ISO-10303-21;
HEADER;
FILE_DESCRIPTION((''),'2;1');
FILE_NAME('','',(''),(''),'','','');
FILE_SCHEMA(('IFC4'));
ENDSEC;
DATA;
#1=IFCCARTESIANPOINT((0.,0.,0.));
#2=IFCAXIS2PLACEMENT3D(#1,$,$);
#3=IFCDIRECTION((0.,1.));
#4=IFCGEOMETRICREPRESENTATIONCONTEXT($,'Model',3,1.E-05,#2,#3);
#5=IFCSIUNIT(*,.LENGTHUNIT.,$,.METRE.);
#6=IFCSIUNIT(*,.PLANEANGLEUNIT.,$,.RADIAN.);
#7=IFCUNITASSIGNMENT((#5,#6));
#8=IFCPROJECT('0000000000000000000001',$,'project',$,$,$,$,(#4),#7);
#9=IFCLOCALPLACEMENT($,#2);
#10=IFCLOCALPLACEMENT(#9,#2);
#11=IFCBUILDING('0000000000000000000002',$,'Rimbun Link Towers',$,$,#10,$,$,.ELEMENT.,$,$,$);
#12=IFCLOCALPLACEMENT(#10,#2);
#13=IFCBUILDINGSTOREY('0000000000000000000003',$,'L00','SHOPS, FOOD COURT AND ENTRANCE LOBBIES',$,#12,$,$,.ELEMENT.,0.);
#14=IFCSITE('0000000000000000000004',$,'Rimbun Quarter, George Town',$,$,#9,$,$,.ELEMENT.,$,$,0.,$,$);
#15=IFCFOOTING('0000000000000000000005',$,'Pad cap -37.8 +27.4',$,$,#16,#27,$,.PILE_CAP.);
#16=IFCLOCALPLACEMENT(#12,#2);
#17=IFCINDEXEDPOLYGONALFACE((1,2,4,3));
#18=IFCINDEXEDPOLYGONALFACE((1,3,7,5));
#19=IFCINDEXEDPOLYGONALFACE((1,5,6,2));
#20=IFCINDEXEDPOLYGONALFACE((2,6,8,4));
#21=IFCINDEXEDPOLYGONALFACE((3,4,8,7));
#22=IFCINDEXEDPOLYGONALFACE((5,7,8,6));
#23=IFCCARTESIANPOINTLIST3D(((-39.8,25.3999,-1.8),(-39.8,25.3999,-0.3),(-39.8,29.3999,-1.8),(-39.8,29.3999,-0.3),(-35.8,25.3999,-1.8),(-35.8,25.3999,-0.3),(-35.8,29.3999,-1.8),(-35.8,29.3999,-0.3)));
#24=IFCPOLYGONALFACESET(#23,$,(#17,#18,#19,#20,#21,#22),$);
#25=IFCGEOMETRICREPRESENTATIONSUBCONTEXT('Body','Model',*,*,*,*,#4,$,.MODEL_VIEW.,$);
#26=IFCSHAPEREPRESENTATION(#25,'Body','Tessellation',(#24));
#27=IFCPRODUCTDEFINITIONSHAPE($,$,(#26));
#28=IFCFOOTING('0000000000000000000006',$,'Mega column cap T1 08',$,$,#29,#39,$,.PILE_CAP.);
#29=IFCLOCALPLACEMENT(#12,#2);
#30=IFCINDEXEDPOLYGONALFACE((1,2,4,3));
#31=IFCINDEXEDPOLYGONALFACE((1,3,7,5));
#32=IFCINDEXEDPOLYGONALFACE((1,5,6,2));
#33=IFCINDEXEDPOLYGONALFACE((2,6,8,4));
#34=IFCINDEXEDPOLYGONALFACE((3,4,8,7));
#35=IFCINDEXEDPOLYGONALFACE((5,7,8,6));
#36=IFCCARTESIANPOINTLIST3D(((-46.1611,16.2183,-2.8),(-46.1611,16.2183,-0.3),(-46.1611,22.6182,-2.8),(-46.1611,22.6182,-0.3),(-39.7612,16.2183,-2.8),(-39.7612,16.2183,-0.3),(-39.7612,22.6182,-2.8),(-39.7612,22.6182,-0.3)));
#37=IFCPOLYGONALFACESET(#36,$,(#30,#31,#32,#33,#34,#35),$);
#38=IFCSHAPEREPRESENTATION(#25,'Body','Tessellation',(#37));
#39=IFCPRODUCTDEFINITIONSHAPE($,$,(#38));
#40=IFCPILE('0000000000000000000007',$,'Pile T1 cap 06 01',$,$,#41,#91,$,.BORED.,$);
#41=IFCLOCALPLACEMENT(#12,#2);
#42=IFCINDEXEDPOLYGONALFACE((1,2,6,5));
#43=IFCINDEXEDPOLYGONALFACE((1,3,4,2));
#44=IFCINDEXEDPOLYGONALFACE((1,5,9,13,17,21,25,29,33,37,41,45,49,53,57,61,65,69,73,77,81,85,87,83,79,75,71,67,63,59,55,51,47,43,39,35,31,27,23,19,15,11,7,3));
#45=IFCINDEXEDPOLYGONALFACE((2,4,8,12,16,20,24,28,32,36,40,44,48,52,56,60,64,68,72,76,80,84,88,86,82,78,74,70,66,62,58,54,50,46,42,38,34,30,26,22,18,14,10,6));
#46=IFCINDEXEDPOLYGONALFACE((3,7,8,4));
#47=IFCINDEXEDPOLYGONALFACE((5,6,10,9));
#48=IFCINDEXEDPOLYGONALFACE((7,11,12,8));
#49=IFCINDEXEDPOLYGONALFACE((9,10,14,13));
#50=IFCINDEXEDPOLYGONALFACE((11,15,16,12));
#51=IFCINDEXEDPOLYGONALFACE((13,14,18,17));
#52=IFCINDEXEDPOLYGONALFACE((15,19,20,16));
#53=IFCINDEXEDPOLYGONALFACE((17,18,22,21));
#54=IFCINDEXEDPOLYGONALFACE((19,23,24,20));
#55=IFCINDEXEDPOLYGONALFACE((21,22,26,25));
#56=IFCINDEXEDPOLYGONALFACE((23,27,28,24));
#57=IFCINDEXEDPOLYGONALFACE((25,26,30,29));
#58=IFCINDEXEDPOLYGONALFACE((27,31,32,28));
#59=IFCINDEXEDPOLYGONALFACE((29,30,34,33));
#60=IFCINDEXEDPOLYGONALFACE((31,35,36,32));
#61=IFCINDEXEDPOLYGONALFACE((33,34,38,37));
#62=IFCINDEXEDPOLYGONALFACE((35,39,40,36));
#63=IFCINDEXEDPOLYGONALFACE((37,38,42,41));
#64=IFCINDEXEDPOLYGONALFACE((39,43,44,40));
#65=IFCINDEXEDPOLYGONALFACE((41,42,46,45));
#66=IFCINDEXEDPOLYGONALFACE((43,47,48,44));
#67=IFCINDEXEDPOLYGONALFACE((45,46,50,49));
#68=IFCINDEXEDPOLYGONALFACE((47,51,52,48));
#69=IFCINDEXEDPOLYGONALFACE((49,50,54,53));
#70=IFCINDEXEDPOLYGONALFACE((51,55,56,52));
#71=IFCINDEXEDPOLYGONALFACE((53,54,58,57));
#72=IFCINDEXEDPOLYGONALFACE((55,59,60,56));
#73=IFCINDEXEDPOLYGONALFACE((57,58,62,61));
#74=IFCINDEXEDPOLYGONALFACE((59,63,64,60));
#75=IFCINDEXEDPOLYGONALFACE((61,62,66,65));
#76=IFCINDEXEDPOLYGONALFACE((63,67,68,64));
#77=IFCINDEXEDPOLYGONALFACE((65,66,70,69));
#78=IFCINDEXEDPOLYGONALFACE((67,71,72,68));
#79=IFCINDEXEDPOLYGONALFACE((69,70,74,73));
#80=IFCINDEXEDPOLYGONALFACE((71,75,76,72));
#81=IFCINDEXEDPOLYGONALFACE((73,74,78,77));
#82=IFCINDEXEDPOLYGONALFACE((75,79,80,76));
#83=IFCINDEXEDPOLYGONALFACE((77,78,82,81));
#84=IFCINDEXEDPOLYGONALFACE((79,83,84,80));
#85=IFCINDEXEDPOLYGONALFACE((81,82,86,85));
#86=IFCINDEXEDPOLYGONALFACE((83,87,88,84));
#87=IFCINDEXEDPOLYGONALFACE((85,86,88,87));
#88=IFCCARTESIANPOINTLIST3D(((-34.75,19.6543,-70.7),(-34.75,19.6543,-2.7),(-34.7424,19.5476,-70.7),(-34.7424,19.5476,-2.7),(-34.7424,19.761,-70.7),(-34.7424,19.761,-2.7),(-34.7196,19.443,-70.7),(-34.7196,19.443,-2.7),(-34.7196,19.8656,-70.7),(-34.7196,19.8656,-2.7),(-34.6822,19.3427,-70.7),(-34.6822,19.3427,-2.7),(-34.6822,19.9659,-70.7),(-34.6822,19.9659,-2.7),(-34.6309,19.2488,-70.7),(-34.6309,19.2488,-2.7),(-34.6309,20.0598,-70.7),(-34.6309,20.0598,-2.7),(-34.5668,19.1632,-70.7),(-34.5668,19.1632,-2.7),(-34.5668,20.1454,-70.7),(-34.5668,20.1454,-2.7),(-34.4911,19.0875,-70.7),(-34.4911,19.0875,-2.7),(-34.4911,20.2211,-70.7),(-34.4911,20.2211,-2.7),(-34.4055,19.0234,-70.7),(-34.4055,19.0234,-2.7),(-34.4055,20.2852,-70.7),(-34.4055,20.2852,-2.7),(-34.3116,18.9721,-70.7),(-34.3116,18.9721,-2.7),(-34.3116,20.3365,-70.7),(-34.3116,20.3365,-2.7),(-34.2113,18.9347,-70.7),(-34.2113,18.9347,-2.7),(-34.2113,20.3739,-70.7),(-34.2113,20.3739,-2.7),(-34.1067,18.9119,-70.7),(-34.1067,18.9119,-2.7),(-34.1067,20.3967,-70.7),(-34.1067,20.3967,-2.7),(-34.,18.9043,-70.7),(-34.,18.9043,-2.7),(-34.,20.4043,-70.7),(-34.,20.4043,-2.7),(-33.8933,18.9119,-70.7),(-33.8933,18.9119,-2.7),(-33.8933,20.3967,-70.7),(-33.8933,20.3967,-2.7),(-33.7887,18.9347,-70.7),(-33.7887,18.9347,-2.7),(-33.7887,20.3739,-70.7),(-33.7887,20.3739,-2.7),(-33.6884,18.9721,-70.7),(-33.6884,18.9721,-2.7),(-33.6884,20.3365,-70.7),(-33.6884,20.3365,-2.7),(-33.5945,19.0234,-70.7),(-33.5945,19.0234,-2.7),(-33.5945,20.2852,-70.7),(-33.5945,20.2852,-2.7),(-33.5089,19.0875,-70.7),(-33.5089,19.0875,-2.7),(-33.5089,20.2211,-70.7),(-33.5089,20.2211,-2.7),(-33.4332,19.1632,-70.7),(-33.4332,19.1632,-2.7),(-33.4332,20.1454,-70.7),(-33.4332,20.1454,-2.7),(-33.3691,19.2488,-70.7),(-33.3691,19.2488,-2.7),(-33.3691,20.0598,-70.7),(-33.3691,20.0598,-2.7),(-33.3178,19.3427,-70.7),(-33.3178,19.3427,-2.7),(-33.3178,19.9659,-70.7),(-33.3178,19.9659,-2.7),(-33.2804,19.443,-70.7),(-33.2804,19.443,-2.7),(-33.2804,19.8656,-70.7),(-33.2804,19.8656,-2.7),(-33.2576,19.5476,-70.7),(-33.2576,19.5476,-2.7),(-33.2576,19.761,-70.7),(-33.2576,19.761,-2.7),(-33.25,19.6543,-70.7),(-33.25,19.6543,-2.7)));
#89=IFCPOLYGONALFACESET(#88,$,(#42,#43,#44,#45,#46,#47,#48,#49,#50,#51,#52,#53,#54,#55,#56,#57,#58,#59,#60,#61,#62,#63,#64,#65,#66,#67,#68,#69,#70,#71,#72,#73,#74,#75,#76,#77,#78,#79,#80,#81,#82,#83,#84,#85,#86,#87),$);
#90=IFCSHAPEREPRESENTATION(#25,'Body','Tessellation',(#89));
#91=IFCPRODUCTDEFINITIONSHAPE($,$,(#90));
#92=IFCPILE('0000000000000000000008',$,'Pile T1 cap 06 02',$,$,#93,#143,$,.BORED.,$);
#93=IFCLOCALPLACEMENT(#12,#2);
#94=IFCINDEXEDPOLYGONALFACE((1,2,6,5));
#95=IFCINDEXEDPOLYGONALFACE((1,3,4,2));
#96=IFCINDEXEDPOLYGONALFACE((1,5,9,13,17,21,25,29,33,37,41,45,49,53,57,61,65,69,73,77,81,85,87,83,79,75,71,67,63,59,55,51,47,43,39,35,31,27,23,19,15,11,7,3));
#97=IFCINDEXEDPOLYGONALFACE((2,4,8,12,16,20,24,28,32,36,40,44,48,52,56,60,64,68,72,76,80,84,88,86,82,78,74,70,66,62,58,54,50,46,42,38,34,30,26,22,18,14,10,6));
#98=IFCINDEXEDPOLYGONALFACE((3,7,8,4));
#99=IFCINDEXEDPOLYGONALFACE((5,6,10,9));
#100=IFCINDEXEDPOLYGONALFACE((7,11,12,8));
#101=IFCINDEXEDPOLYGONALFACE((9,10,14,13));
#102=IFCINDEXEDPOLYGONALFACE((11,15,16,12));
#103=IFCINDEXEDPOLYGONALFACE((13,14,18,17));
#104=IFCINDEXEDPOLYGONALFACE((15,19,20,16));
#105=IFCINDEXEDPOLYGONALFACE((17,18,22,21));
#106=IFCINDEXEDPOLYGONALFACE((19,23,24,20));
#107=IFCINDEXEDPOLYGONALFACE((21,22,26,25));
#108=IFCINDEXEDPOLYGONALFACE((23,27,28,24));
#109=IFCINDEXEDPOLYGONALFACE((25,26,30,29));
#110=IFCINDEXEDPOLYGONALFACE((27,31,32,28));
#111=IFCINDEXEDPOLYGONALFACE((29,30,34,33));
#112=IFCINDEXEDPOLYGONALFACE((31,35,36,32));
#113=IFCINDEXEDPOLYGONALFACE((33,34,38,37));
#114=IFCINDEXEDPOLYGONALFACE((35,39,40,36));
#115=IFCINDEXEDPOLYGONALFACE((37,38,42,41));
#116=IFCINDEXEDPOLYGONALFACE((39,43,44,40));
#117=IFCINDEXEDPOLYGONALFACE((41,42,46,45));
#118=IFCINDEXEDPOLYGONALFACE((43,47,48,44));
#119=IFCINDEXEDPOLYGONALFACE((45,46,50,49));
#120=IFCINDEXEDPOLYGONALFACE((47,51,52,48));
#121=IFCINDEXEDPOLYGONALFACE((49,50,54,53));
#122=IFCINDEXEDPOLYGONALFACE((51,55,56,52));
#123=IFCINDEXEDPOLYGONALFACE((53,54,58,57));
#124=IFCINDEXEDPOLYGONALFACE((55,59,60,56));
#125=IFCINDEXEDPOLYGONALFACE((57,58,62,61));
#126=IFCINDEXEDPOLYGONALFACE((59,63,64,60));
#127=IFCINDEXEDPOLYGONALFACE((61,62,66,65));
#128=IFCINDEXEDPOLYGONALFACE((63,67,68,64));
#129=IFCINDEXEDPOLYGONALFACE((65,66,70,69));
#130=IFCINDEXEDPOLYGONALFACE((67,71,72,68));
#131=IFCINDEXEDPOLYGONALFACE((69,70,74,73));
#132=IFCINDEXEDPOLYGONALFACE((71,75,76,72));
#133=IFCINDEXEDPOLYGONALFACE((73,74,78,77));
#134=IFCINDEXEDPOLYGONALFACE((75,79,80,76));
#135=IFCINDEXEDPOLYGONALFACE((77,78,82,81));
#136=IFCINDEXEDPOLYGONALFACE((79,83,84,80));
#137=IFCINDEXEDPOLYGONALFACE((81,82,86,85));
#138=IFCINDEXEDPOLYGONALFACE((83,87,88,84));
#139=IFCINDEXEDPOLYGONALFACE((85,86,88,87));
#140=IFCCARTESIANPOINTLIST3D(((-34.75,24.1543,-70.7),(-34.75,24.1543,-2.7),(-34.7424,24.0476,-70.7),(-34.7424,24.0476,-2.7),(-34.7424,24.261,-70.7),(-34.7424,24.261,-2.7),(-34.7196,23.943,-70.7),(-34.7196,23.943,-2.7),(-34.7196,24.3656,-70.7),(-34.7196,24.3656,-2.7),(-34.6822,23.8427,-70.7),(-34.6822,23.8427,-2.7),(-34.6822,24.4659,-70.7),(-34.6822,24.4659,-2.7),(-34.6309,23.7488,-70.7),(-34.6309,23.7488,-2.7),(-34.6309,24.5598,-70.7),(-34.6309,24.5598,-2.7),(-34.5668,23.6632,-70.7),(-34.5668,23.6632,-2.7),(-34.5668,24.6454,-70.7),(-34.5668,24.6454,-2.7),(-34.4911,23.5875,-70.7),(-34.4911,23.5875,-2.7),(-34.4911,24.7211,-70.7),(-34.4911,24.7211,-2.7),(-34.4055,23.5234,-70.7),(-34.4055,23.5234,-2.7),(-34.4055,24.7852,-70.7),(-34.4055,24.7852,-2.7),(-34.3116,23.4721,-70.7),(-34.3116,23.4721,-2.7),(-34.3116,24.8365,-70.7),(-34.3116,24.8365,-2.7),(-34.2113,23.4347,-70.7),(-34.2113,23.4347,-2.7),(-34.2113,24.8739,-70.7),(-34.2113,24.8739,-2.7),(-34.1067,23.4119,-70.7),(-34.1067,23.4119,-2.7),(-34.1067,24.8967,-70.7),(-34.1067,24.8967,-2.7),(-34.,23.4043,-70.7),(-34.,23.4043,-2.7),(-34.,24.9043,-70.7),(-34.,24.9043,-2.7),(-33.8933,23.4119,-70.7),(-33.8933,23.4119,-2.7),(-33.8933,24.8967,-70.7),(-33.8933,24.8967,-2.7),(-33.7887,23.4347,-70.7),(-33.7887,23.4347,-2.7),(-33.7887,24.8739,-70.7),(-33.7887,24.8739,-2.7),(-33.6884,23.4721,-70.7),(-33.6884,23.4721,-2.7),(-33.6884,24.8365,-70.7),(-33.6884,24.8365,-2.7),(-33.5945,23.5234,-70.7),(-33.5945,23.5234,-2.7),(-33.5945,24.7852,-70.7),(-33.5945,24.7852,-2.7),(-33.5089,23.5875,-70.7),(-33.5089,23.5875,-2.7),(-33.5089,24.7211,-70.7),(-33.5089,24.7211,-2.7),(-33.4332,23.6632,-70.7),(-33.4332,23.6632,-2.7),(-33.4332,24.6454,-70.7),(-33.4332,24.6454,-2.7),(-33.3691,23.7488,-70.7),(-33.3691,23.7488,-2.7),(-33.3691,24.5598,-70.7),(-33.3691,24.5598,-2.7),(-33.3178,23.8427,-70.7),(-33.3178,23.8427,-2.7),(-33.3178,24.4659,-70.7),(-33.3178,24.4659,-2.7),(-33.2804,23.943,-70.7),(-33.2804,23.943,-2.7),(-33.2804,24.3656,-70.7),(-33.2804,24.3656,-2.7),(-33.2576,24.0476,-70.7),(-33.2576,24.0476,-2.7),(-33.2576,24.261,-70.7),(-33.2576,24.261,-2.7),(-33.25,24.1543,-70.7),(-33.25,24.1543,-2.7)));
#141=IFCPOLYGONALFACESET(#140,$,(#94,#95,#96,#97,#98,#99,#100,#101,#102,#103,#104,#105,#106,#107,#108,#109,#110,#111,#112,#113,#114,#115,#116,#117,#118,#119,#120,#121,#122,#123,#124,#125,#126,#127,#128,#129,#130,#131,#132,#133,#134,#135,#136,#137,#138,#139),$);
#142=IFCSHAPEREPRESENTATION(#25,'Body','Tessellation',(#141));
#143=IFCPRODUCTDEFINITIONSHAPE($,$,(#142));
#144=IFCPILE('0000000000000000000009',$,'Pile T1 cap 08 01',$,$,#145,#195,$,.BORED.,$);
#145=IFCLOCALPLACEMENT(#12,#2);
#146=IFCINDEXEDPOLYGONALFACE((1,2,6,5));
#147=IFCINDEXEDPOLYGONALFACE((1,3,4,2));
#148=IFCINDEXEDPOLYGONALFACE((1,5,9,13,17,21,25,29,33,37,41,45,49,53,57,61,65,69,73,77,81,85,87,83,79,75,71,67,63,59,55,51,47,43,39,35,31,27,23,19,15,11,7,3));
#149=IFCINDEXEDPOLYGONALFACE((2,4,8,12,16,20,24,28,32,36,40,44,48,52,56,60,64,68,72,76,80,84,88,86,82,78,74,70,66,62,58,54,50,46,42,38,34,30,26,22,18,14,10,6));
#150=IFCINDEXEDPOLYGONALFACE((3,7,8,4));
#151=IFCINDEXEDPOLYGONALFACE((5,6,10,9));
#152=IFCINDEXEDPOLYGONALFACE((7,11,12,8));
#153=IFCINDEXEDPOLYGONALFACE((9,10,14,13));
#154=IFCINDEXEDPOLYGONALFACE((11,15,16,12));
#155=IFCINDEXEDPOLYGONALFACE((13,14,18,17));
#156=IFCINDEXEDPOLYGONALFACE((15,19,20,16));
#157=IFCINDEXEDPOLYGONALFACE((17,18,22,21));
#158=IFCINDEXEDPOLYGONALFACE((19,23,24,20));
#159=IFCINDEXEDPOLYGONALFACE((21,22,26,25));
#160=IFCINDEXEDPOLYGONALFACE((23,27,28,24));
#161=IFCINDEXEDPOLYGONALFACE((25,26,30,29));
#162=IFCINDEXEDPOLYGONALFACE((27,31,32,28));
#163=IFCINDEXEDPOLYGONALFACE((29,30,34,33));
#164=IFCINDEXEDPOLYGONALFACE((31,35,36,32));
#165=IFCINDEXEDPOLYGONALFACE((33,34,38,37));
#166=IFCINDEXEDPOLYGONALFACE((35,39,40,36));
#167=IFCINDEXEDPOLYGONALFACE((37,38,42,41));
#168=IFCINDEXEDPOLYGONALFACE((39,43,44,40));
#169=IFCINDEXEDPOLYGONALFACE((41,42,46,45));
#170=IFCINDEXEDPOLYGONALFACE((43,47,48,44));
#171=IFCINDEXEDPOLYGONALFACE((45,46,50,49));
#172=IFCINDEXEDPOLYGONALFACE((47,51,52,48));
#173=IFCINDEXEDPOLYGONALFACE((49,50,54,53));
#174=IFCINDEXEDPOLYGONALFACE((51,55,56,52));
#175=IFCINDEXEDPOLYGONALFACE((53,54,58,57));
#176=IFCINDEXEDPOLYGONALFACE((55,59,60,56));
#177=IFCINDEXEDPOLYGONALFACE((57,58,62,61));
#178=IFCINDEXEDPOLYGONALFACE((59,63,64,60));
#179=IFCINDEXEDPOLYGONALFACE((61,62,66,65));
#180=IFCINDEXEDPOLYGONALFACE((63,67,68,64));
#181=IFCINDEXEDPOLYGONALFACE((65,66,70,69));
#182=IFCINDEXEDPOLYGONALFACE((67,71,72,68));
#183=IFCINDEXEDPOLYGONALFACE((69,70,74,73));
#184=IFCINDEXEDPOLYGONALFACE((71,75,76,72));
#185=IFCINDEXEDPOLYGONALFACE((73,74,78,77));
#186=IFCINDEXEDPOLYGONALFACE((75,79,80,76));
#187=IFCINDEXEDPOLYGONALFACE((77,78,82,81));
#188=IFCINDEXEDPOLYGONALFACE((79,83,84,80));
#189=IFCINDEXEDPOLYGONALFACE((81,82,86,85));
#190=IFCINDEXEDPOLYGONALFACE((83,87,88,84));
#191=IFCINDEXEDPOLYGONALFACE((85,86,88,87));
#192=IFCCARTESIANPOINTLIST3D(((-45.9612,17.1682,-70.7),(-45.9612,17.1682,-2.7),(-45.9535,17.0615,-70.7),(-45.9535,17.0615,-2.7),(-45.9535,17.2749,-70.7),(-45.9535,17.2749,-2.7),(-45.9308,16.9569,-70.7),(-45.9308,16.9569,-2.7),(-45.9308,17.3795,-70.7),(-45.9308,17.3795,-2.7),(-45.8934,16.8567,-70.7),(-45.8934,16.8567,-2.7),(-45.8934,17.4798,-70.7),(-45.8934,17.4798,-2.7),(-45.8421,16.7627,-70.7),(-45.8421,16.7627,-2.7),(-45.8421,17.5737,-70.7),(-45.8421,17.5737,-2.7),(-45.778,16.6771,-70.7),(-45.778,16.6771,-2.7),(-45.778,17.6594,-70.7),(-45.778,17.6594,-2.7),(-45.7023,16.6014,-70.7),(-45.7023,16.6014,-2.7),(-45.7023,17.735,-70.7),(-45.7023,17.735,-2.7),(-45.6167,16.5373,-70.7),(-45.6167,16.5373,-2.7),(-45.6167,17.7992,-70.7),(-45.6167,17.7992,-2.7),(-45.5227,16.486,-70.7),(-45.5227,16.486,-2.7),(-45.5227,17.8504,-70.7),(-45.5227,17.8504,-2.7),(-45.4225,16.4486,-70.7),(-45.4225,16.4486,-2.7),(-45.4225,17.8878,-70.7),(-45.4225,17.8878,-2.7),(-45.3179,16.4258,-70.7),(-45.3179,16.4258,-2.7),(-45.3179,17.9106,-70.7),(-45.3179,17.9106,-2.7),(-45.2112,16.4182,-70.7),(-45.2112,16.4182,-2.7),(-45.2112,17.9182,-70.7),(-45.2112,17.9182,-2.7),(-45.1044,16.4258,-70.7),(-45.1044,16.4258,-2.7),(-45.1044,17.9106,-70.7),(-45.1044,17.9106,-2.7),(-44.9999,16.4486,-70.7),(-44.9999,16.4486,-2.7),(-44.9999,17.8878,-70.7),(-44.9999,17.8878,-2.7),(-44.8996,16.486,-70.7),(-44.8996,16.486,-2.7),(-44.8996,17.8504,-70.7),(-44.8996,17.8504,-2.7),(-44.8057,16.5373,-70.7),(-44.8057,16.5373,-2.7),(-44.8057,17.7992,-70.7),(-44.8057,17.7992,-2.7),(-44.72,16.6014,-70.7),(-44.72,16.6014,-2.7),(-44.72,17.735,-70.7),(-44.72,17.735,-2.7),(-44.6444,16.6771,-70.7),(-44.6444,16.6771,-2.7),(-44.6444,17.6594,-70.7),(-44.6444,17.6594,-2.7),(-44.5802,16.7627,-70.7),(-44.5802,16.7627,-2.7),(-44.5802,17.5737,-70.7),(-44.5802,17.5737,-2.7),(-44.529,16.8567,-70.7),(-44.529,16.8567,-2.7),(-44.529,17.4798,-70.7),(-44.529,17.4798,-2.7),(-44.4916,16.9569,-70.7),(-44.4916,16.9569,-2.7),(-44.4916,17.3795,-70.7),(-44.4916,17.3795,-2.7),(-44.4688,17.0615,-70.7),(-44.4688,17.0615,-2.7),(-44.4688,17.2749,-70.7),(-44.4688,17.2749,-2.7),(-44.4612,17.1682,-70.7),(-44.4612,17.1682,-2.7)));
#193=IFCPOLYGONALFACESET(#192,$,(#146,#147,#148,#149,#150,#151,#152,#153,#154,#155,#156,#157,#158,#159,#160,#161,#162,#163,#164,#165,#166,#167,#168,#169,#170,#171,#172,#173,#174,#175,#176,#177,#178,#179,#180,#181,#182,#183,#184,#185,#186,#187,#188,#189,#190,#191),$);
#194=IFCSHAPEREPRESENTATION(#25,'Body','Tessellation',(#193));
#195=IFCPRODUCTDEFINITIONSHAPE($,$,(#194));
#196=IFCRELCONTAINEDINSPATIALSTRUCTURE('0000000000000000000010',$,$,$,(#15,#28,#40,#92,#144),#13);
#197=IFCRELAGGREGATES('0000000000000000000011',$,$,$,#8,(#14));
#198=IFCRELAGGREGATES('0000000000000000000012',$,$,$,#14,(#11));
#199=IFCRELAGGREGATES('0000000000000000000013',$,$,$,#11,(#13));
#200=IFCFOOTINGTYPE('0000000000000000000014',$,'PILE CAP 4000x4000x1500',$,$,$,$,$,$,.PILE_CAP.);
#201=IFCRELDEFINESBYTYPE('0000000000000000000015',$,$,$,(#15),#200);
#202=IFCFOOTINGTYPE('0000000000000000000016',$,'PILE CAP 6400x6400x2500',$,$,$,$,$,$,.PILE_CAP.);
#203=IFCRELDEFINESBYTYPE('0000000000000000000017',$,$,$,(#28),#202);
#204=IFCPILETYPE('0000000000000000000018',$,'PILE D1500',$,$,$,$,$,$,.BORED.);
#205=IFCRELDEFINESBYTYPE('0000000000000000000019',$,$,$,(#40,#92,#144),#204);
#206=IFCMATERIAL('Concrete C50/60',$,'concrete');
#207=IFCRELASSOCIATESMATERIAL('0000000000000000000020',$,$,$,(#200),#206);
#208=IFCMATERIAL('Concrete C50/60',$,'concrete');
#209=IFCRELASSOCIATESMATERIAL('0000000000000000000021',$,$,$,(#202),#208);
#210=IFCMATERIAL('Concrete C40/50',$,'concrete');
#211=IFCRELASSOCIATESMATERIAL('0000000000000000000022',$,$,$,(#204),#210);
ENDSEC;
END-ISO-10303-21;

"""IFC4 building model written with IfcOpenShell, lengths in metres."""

from ifc_helpers import new_model, si_unit, direction, frame, origin, origin_2d, place, context, subcontext, project, spatial, rectangle, circle, extrude, material, material_profile, profile_set, type_object, element, save


model = new_model("IFC4")

# Units and contexts
model_context = context("Model", 3, precision=1e-05, world=origin(), true_north=direction((0.0, 1.0)))
body_context = subcontext(model_context, "Body", "Model", "MODEL_VIEW")
ifc_project = project(units=[si_unit("LENGTHUNIT", "METRE"), si_unit("PLANEANGLEUNIT", "RADIAN")], contexts=[model_context])

# Site, building, storey
site_placement = place(None, origin())
site = spatial("IfcSite", under=ifc_project, at=site_placement, Name="Rimbun Quarter, George Town", CompositionType="ELEMENT", RefElevation=0.0)
building_placement = place(site_placement, origin())
building = spatial("IfcBuilding", under=site, at=building_placement, Name="Rimbun Link Towers", CompositionType="ELEMENT")
storey_placement = place(building_placement, origin())
storey = spatial("IfcBuildingStorey", under=building, at=storey_placement, Name="L00", Description="SHOPS, FOOD COURT AND ENTRANCE LOBBIES", CompositionType="ELEMENT", Elevation=0.0)

# Footings
ifc_material_1 = material(Name="Concrete C50/60", Category="concrete")
footing_type_1 = type_object("IfcFootingType", Name="PILE CAP 4000x4000x1500", PredefinedType="PILE_CAP", material=ifc_material_1)
footing_1_placement = place(storey_placement, frame((-37.8, 27.3999, -1.8), z_axis=(0.0, 0.0, 1.0), x_axis=(1.0, 0.0, 0.0)))
element("IfcFooting", 1, at=footing_1_placement, inside=storey, type_object=footing_type_1, Name="Pad cap -37.8 +27.4", PredefinedType="PILE_CAP", context=body_context, shape_type="SweptSolid", body=[
    extrude(rectangle(XDim=4.0, YDim=4.0, at=origin_2d()), origin(), (0.0, 0.0, 1.0), 1.5),
])
ifc_material_2 = material(Name="Concrete C50/60", Category="concrete")
footing_type_2 = type_object("IfcFootingType", Name="PILE CAP 6400x6400x2500", PredefinedType="PILE_CAP", material=ifc_material_2)
footing_2_placement = place(storey_placement, frame((-42.9612, 19.4182, -2.8), z_axis=(0.0, 0.0, 1.0), x_axis=(1.0, 0.0, 0.0)))
element("IfcFooting", 2, at=footing_2_placement, inside=storey, type_object=footing_type_2, Name="Mega column cap T1 08", PredefinedType="PILE_CAP", context=body_context, shape_type="SweptSolid", body=[
    extrude(rectangle(XDim=6.3999, YDim=6.3999, at=origin_2d()), origin(), (0.0, 0.0, 1.0), 2.5),
])

# Piles
ifc_material_3 = material(Name="Concrete C40/50", Category="concrete")
ifc_material_profile_1 = material_profile(ifc_material_3, circle(Radius=0.75, at=origin_2d()), Name="PILE D1500")
ifc_profile_set_1 = profile_set([ifc_material_profile_1], Name="Concrete C40/50")
pile_type_1 = type_object("IfcPileType", Name="PILE D1500", PredefinedType="BORED", material=ifc_profile_set_1)
for number, where, z_axis, x_axis, name in (
    (3, (-34.0, 19.6543, -2.7), (0.0, 0.0, -1.0), (1.0, 0.0, 0.0), "Pile T1 cap 06 01"),
    (4, (-34.0, 24.1543, -2.7), (0.0, 0.0, -1.0), (1.0, 0.0, 0.0), "Pile T1 cap 06 02"),
    (5, (-45.2112, 17.1682, -2.7), (0.0, 0.0, -1.0), (1.0, 0.0, 0.0), "Pile T1 cap 08 01"),
):
    element("IfcPile", number, at=place(storey_placement, frame(where, z_axis=z_axis, x_axis=x_axis)), inside=storey, type_object=pile_type_1, Name=name, PredefinedType="BORED", context=body_context, shape_type="SweptSolid", body=[
        extrude(circle(Radius=0.75, at=origin_2d()), origin(), (0.0, 0.0, 1.0), 68.0),
    ])

save(model, "model.ifc")
